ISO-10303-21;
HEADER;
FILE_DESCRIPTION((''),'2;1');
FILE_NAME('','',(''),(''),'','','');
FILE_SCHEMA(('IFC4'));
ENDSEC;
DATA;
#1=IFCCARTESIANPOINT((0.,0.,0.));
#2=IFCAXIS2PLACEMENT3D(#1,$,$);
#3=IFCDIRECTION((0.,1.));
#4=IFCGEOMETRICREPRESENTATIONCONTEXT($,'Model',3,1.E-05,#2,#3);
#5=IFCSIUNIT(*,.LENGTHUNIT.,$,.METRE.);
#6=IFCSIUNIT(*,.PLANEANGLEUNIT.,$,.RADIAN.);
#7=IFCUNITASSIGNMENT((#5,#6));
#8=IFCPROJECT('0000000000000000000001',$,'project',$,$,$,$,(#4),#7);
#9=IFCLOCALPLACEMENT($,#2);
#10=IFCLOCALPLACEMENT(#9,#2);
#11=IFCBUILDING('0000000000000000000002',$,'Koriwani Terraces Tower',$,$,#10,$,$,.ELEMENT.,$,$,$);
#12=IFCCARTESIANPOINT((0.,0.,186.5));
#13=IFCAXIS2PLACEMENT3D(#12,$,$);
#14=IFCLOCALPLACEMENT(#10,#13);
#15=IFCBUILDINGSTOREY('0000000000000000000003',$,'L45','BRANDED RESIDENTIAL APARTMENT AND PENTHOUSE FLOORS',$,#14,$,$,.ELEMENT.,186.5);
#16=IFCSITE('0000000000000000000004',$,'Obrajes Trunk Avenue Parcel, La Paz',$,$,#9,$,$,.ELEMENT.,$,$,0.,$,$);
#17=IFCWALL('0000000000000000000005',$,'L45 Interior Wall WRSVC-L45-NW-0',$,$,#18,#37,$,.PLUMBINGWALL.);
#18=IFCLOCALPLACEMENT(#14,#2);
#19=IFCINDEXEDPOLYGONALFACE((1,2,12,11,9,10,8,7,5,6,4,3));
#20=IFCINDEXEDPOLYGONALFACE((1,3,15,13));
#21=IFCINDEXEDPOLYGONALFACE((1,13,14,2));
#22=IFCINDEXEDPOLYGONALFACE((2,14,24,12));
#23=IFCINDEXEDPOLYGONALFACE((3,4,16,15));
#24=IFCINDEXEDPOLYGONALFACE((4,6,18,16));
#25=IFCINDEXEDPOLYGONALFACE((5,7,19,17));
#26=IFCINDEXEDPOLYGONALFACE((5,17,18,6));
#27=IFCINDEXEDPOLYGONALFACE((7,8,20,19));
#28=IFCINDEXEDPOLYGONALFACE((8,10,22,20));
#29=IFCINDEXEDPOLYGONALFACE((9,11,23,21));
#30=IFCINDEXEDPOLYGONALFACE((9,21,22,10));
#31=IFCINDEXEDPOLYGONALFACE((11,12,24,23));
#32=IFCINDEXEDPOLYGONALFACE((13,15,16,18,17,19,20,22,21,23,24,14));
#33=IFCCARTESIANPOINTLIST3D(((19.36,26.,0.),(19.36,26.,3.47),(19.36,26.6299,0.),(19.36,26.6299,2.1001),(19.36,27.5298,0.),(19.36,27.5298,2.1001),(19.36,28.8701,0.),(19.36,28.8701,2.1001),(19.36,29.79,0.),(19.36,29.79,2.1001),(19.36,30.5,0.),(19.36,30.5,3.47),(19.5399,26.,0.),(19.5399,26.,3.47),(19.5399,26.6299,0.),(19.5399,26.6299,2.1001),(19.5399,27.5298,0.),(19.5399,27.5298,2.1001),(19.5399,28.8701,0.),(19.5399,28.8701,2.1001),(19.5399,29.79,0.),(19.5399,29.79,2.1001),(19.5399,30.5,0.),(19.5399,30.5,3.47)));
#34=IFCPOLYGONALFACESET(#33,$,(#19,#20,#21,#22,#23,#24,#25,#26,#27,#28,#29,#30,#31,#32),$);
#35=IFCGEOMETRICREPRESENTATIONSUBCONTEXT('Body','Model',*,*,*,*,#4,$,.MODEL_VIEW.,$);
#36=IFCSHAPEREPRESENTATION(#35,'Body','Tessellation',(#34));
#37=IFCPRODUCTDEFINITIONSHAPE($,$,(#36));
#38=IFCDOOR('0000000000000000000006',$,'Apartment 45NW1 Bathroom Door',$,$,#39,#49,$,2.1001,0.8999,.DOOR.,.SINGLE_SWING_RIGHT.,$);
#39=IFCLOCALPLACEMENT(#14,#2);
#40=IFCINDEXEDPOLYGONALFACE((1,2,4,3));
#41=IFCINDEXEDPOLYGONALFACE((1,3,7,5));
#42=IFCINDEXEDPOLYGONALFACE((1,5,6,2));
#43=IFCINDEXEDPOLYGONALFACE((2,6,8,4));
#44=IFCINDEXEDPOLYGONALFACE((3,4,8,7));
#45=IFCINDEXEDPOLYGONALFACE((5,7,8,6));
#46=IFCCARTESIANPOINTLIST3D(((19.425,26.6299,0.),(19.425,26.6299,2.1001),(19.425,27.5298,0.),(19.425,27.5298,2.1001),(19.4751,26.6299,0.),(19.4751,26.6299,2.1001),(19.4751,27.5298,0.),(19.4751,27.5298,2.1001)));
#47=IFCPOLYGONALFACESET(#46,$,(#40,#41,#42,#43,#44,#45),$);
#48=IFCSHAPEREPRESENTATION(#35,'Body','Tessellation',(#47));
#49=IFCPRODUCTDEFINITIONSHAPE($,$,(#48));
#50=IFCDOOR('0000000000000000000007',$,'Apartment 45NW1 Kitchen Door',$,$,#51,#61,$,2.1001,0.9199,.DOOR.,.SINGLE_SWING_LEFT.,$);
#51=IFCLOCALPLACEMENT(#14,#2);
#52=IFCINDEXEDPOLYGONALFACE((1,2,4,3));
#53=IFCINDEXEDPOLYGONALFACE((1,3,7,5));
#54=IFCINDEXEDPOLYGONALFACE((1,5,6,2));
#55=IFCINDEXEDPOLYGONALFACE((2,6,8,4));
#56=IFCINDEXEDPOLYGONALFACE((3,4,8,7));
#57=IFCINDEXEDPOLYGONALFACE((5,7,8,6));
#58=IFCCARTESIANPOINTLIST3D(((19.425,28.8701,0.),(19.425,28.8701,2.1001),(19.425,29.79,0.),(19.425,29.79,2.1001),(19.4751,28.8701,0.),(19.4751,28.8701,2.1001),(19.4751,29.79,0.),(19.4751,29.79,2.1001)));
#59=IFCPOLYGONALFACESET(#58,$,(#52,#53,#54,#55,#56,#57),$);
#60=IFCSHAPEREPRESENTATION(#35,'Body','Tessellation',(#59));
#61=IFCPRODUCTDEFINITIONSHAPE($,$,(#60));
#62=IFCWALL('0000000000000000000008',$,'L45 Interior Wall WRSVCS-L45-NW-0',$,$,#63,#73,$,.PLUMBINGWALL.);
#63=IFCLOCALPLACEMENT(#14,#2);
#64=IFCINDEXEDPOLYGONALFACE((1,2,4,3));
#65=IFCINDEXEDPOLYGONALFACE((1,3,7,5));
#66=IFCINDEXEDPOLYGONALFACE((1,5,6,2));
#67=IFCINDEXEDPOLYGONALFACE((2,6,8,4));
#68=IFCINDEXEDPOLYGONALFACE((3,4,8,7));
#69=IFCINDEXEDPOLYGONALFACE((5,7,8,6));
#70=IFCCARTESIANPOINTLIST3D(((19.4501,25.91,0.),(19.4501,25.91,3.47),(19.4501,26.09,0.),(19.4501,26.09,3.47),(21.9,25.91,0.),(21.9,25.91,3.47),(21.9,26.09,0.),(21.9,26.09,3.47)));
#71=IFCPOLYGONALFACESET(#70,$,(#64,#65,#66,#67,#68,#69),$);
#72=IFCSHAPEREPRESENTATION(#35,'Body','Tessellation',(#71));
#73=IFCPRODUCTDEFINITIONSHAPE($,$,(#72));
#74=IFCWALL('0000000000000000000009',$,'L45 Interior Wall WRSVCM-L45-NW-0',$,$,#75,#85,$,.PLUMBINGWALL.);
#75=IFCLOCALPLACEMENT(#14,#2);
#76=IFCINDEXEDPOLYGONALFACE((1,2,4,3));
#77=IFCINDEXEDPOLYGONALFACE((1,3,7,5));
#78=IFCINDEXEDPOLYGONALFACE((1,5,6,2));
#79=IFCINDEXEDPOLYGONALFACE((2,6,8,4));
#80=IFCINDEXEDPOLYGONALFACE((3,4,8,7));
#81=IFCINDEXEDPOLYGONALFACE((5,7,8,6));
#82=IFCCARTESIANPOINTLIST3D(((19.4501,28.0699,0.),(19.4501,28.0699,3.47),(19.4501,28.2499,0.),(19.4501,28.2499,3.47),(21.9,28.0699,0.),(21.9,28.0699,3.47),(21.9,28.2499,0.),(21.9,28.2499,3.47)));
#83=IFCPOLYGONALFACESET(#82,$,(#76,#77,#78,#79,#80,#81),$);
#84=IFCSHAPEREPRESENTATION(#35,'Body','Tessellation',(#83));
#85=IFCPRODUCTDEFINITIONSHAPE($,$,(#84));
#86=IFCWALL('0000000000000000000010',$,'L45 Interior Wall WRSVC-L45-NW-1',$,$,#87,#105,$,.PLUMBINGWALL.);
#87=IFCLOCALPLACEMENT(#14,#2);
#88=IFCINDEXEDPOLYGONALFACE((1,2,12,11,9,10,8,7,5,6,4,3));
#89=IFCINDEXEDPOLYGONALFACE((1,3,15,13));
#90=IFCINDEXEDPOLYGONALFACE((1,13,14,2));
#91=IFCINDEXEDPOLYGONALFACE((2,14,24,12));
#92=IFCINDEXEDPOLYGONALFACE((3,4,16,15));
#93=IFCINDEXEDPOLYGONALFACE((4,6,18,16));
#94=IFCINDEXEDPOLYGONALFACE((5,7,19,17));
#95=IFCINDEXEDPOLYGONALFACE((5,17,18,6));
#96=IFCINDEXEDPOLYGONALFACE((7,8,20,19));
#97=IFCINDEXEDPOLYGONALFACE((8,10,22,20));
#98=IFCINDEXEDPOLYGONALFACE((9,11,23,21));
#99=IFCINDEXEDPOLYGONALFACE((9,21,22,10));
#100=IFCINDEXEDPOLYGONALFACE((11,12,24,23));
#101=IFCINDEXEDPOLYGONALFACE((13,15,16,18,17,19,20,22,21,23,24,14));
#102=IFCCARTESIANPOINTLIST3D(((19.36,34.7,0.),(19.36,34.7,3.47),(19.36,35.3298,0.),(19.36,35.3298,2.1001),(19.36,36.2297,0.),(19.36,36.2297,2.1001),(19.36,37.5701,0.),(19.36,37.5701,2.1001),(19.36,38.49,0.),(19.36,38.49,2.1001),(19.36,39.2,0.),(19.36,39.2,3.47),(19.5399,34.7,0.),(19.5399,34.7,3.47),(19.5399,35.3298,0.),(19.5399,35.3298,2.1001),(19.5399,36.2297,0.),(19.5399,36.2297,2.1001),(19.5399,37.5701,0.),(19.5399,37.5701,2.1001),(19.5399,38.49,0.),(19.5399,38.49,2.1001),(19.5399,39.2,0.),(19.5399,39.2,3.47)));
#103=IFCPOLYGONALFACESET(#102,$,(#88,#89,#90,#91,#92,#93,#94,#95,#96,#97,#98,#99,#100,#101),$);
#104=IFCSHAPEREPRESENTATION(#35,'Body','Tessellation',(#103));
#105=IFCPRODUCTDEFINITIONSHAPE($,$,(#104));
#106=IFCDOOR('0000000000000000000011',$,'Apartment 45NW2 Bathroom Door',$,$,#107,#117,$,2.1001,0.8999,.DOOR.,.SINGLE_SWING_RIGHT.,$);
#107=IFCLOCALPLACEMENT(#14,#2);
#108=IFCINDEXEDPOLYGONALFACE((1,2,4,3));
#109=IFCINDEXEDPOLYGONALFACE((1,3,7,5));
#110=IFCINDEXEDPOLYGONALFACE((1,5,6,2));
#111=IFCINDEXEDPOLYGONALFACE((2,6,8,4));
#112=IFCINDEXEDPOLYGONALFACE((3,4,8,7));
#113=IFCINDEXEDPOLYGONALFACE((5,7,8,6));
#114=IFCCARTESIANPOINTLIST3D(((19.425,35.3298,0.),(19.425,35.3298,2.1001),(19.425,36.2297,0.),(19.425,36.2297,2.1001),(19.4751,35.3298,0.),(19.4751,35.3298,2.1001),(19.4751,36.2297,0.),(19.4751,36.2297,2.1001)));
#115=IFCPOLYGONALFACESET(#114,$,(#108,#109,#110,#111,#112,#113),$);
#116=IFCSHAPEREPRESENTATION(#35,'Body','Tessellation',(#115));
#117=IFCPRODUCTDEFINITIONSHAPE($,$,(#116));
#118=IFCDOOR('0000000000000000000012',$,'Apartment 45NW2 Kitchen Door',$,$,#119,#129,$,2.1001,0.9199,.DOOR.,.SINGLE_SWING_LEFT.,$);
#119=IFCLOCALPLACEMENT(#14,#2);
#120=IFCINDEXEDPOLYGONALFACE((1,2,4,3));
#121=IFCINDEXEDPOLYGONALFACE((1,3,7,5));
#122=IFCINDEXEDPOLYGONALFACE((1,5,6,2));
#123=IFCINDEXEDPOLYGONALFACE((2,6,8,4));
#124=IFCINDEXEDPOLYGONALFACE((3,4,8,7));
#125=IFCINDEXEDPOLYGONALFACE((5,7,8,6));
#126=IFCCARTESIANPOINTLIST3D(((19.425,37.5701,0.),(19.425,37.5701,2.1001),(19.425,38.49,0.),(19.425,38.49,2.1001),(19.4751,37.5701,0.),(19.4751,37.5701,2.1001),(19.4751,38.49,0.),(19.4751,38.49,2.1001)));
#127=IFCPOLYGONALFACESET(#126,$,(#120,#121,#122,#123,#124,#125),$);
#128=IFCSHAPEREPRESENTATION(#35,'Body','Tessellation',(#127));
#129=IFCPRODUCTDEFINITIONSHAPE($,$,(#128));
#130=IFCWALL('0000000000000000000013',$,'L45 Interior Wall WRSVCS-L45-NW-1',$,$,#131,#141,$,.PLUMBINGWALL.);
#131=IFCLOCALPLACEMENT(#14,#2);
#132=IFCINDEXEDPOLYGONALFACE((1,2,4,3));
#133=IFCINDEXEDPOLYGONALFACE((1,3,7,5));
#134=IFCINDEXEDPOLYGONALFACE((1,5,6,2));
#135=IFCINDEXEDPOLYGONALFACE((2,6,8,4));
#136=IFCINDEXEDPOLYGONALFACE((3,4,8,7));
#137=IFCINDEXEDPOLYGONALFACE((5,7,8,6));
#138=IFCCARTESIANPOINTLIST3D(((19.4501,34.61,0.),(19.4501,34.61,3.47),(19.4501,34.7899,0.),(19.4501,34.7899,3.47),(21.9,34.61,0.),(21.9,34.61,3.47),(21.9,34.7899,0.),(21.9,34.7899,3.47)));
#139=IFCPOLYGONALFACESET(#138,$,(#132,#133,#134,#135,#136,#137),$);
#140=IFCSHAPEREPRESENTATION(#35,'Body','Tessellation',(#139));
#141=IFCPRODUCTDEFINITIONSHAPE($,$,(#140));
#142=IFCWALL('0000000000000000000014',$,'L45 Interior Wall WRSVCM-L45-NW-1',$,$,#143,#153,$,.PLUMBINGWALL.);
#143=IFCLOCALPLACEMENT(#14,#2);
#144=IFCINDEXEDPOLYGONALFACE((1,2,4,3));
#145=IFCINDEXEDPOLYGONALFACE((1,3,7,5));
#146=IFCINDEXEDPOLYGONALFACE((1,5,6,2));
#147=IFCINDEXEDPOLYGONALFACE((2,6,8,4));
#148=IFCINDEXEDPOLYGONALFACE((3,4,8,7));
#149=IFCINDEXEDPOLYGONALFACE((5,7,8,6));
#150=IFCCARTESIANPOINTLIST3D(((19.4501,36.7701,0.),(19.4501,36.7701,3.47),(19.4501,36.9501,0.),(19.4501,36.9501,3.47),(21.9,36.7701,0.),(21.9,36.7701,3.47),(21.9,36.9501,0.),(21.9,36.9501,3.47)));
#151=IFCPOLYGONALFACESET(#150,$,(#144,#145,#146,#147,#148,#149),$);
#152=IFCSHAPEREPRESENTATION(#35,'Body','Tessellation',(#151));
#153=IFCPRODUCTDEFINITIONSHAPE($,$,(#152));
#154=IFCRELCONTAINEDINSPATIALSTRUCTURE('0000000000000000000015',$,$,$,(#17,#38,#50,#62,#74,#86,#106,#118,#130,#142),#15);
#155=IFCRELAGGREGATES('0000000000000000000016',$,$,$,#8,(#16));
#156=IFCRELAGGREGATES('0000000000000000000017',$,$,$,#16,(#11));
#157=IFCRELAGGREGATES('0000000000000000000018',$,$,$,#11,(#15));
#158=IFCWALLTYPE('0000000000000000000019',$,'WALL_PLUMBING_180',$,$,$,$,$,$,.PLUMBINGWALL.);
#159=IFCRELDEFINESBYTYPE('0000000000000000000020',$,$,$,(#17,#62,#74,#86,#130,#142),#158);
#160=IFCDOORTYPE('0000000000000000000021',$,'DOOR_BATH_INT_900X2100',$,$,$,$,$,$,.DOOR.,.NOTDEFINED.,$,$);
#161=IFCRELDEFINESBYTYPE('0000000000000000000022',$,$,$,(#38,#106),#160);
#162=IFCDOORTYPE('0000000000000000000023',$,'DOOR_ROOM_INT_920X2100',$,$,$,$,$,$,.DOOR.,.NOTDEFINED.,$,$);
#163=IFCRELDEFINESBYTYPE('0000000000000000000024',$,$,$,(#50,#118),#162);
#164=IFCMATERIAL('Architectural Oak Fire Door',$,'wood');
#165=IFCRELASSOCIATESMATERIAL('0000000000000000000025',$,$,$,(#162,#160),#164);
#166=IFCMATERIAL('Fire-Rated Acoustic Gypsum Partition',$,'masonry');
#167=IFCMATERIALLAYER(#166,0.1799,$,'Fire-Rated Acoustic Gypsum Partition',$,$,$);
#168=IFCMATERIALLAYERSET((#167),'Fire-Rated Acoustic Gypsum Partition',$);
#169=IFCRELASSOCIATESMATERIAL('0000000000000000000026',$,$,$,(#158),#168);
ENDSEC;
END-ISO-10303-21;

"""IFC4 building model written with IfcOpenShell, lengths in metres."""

from ifc_helpers import new_model, si_unit, direction, frame, frame_2d, origin, place, context, subcontext, project, spatial, rectangle, extrude, material, layer, layer_set, type_object, element, fill, save


model = new_model("IFC4")

# Units and contexts
model_context = context("Model", 3, precision=1e-05, world=origin(), true_north=direction((0.0, 1.0)))
body_context = subcontext(model_context, "Body", "Model", "MODEL_VIEW")
ifc_project = project(units=[si_unit("LENGTHUNIT", "METRE"), si_unit("PLANEANGLEUNIT", "RADIAN")], contexts=[model_context])

# Site, building, storey
site_placement = place(None, origin())
site = spatial("IfcSite", under=ifc_project, at=site_placement, Name="Obrajes Trunk Avenue Parcel, La Paz", CompositionType="ELEMENT", RefElevation=0.0)
building_placement = place(site_placement, origin())
building = spatial("IfcBuilding", under=site, at=building_placement, Name="Koriwani Terraces Tower", CompositionType="ELEMENT")
storey_placement = place(building_placement, frame((0.0, 0.0, 186.5)))
storey = spatial("IfcBuildingStorey", under=building, at=storey_placement, Name="L45", Description="BRANDED RESIDENTIAL APARTMENT AND PENTHOUSE FLOORS", CompositionType="ELEMENT", Elevation=186.5)

# Shared definitions
ifc_material_1 = material(Name="Architectural Oak Fire Door", Category="wood")
door_type_1 = type_object("IfcDoorType", Name="DOOR_ROOM_INT_920X2100", OperationType="NOTDEFINED", PredefinedType="DOOR", material=ifc_material_1)

# Wall, openings, doors
ifc_material_2 = material(Name="Fire-Rated Acoustic Gypsum Partition", Category="masonry")
ifc_layer_1 = layer(ifc_material_2, 0.1799, Name="Fire-Rated Acoustic Gypsum Partition")
ifc_layer_set_1 = layer_set([ifc_layer_1], Name="Fire-Rated Acoustic Gypsum Partition")
wall_type_1 = type_object("IfcWallType", Name="WALL_PLUMBING_180", PredefinedType="PLUMBINGWALL", material=ifc_layer_set_1)
wall_1_placement = place(storey_placement, frame((19.45, 26.0, 0.0), z_axis=(0.0, 0.0, 1.0), x_axis=(0.0, 1.0, 0.0)))
wall_1 = element("IfcWall", 1, at=wall_1_placement, inside=storey, type_object=wall_type_1, Name="L45 Interior Wall WRSVC-L45-NW-0", PredefinedType="PLUMBINGWALL", context=body_context, shape_type="SweptSolid", body=[
    extrude(rectangle(XDim=4.5, YDim=0.1799, at=frame_2d((2.25, 0.0))), origin(), (0.0, 0.0, 1.0), 3.47),
])
opening_1_placement = place(wall_1_placement, frame((0.6299, 0.0, 0.0)))
opening_1 = element("IfcOpeningElement", 2, at=opening_1_placement, cuts=wall_1, PredefinedType="OPENING", context=body_context, shape_type="SweptSolid", body=[
    extrude(rectangle(XDim=0.8999, YDim=2.1001, at=frame_2d((0.45, 1.05))), frame((0.0, 0.1001, 0.0), z_axis=(0.0, -1.0, 0.0), x_axis=(1.0, 0.0, 0.0)), (0.0, 0.0, 1.0), 0.2),
])
opening_2_placement = place(wall_1_placement, frame((2.8701, 0.0, 0.0)))
opening_2 = element("IfcOpeningElement", 3, at=opening_2_placement, cuts=wall_1, PredefinedType="OPENING", context=body_context, shape_type="SweptSolid", body=[
    extrude(rectangle(XDim=0.9199, YDim=2.1001, at=frame_2d((0.46, 1.05))), frame((0.0, 0.1001, 0.0), z_axis=(0.0, -1.0, 0.0), x_axis=(1.0, 0.0, 0.0)), (0.0, 0.0, 1.0), 0.2),
])
door_type_2 = type_object("IfcDoorType", Name="DOOR_BATH_INT_900X2100", OperationType="NOTDEFINED", PredefinedType="DOOR", material=ifc_material_1)
door_1_placement = place(opening_1_placement, origin())
door_1 = element("IfcDoor", 4, at=door_1_placement, inside=storey, type_object=door_type_2, Name="Apartment 45NW1 Bathroom Door", OperationType="SINGLE_SWING_RIGHT", OverallHeight=2.1001, OverallWidth=0.8999, PredefinedType="DOOR", context=body_context, shape_type="SweptSolid", body=[
    extrude(rectangle(XDim=0.8999, YDim=2.1001, at=frame_2d((0.45, 1.05))), frame((0.0, 0.0249, 0.0), z_axis=(0.0, -1.0, 0.0), x_axis=(1.0, 0.0, 0.0)), (0.0, 0.0, 1.0), 0.05),
])
fill(opening_1, door_1)
door_2_placement = place(opening_2_placement, origin())
door_2 = element("IfcDoor", 5, at=door_2_placement, inside=storey, type_object=door_type_1, Name="Apartment 45NW1 Kitchen Door", OperationType="SINGLE_SWING_LEFT", OverallHeight=2.1001, OverallWidth=0.9199, PredefinedType="DOOR", context=body_context, shape_type="SweptSolid", body=[
    extrude(rectangle(XDim=0.9199, YDim=2.1001, at=frame_2d((0.46, 1.05))), frame((0.0, 0.0249, 0.0), z_axis=(0.0, -1.0, 0.0), x_axis=(1.0, 0.0, 0.0)), (0.0, 0.0, 1.0), 0.05),
])
fill(opening_2, door_2)

# Walls
for number, where, z_axis, x_axis, name in (
    (6, (19.45, 26.0, 0.0), (0.0, 0.0, 1.0), (1.0, 0.0, 0.0), "L45 Interior Wall WRSVCS-L45-NW-0"),
    (7, (19.45, 28.1599, 0.0), (0.0, 0.0, 1.0), (1.0, 0.0, 0.0), "L45 Interior Wall WRSVCM-L45-NW-0"),
):
    element("IfcWall", number, at=place(storey_placement, frame(where, z_axis=z_axis, x_axis=x_axis)), inside=storey, type_object=wall_type_1, Name=name, PredefinedType="PLUMBINGWALL", context=body_context, shape_type="SweptSolid", body=[
        extrude(rectangle(XDim=2.45, YDim=0.1799, at=frame_2d((1.2251, 0.0))), origin(), (0.0, 0.0, 1.0), 3.47),
    ])

# Wall, openings, doors
wall_2_placement = place(storey_placement, frame((19.45, 34.7, 0.0), z_axis=(0.0, 0.0, 1.0), x_axis=(0.0, 1.0, 0.0)))
wall_2 = element("IfcWall", 8, at=wall_2_placement, inside=storey, type_object=wall_type_1, Name="L45 Interior Wall WRSVC-L45-NW-1", PredefinedType="PLUMBINGWALL", context=body_context, shape_type="SweptSolid", body=[
    extrude(rectangle(XDim=4.5, YDim=0.1799, at=frame_2d((2.25, 0.0))), origin(), (0.0, 0.0, 1.0), 3.47),
])
opening_3_placement = place(wall_2_placement, frame((0.6299, 0.0, 0.0)))
opening_3 = element("IfcOpeningElement", 9, at=opening_3_placement, cuts=wall_2, PredefinedType="OPENING", context=body_context, shape_type="SweptSolid", body=[
    extrude(rectangle(XDim=0.8999, YDim=2.1001, at=frame_2d((0.45, 1.05))), frame((0.0, 0.1001, 0.0), z_axis=(0.0, -1.0, 0.0), x_axis=(1.0, 0.0, 0.0)), (0.0, 0.0, 1.0), 0.2),
])
opening_4_placement = place(wall_2_placement, frame((2.8701, 0.0, 0.0)))
opening_4 = element("IfcOpeningElement", 10, at=opening_4_placement, cuts=wall_2, PredefinedType="OPENING", context=body_context, shape_type="SweptSolid", body=[
    extrude(rectangle(XDim=0.9199, YDim=2.1001, at=frame_2d((0.46, 1.05))), frame((0.0, 0.1001, 0.0), z_axis=(0.0, -1.0, 0.0), x_axis=(1.0, 0.0, 0.0)), (0.0, 0.0, 1.0), 0.2),
])
door_3_placement = place(opening_3_placement, origin())
door_3 = element("IfcDoor", 11, at=door_3_placement, inside=storey, type_object=door_type_2, Name="Apartment 45NW2 Bathroom Door", OperationType="SINGLE_SWING_RIGHT", OverallHeight=2.1001, OverallWidth=0.8999, PredefinedType="DOOR", context=body_context, shape_type="SweptSolid", body=[
    extrude(rectangle(XDim=0.8999, YDim=2.1001, at=frame_2d((0.45, 1.05))), frame((0.0, 0.0249, 0.0), z_axis=(0.0, -1.0, 0.0), x_axis=(1.0, 0.0, 0.0)), (0.0, 0.0, 1.0), 0.05),
])
fill(opening_3, door_3)
door_4_placement = place(opening_4_placement, origin())
door_4 = element("IfcDoor", 12, at=door_4_placement, inside=storey, type_object=door_type_1, Name="Apartment 45NW2 Kitchen Door", OperationType="SINGLE_SWING_LEFT", OverallHeight=2.1001, OverallWidth=0.9199, PredefinedType="DOOR", context=body_context, shape_type="SweptSolid", body=[
    extrude(rectangle(XDim=0.9199, YDim=2.1001, at=frame_2d((0.46, 1.05))), frame((0.0, 0.0249, 0.0), z_axis=(0.0, -1.0, 0.0), x_axis=(1.0, 0.0, 0.0)), (0.0, 0.0, 1.0), 0.05),
])
fill(opening_4, door_4)

# Walls
for number, where, z_axis, x_axis, name in (
    (13, (19.45, 34.7, 0.0), (0.0, 0.0, 1.0), (1.0, 0.0, 0.0), "L45 Interior Wall WRSVCS-L45-NW-1"),
    (14, (19.45, 36.8601, 0.0), (0.0, 0.0, 1.0), (1.0, 0.0, 0.0), "L45 Interior Wall WRSVCM-L45-NW-1"),
):
    element("IfcWall", number, at=place(storey_placement, frame(where, z_axis=z_axis, x_axis=x_axis)), inside=storey, type_object=wall_type_1, Name=name, PredefinedType="PLUMBINGWALL", context=body_context, shape_type="SweptSolid", body=[
        extrude(rectangle(XDim=2.45, YDim=0.1799, at=frame_2d((1.2251, 0.0))), origin(), (0.0, 0.0, 1.0), 3.47),
    ])

save(model, "model.ifc")
